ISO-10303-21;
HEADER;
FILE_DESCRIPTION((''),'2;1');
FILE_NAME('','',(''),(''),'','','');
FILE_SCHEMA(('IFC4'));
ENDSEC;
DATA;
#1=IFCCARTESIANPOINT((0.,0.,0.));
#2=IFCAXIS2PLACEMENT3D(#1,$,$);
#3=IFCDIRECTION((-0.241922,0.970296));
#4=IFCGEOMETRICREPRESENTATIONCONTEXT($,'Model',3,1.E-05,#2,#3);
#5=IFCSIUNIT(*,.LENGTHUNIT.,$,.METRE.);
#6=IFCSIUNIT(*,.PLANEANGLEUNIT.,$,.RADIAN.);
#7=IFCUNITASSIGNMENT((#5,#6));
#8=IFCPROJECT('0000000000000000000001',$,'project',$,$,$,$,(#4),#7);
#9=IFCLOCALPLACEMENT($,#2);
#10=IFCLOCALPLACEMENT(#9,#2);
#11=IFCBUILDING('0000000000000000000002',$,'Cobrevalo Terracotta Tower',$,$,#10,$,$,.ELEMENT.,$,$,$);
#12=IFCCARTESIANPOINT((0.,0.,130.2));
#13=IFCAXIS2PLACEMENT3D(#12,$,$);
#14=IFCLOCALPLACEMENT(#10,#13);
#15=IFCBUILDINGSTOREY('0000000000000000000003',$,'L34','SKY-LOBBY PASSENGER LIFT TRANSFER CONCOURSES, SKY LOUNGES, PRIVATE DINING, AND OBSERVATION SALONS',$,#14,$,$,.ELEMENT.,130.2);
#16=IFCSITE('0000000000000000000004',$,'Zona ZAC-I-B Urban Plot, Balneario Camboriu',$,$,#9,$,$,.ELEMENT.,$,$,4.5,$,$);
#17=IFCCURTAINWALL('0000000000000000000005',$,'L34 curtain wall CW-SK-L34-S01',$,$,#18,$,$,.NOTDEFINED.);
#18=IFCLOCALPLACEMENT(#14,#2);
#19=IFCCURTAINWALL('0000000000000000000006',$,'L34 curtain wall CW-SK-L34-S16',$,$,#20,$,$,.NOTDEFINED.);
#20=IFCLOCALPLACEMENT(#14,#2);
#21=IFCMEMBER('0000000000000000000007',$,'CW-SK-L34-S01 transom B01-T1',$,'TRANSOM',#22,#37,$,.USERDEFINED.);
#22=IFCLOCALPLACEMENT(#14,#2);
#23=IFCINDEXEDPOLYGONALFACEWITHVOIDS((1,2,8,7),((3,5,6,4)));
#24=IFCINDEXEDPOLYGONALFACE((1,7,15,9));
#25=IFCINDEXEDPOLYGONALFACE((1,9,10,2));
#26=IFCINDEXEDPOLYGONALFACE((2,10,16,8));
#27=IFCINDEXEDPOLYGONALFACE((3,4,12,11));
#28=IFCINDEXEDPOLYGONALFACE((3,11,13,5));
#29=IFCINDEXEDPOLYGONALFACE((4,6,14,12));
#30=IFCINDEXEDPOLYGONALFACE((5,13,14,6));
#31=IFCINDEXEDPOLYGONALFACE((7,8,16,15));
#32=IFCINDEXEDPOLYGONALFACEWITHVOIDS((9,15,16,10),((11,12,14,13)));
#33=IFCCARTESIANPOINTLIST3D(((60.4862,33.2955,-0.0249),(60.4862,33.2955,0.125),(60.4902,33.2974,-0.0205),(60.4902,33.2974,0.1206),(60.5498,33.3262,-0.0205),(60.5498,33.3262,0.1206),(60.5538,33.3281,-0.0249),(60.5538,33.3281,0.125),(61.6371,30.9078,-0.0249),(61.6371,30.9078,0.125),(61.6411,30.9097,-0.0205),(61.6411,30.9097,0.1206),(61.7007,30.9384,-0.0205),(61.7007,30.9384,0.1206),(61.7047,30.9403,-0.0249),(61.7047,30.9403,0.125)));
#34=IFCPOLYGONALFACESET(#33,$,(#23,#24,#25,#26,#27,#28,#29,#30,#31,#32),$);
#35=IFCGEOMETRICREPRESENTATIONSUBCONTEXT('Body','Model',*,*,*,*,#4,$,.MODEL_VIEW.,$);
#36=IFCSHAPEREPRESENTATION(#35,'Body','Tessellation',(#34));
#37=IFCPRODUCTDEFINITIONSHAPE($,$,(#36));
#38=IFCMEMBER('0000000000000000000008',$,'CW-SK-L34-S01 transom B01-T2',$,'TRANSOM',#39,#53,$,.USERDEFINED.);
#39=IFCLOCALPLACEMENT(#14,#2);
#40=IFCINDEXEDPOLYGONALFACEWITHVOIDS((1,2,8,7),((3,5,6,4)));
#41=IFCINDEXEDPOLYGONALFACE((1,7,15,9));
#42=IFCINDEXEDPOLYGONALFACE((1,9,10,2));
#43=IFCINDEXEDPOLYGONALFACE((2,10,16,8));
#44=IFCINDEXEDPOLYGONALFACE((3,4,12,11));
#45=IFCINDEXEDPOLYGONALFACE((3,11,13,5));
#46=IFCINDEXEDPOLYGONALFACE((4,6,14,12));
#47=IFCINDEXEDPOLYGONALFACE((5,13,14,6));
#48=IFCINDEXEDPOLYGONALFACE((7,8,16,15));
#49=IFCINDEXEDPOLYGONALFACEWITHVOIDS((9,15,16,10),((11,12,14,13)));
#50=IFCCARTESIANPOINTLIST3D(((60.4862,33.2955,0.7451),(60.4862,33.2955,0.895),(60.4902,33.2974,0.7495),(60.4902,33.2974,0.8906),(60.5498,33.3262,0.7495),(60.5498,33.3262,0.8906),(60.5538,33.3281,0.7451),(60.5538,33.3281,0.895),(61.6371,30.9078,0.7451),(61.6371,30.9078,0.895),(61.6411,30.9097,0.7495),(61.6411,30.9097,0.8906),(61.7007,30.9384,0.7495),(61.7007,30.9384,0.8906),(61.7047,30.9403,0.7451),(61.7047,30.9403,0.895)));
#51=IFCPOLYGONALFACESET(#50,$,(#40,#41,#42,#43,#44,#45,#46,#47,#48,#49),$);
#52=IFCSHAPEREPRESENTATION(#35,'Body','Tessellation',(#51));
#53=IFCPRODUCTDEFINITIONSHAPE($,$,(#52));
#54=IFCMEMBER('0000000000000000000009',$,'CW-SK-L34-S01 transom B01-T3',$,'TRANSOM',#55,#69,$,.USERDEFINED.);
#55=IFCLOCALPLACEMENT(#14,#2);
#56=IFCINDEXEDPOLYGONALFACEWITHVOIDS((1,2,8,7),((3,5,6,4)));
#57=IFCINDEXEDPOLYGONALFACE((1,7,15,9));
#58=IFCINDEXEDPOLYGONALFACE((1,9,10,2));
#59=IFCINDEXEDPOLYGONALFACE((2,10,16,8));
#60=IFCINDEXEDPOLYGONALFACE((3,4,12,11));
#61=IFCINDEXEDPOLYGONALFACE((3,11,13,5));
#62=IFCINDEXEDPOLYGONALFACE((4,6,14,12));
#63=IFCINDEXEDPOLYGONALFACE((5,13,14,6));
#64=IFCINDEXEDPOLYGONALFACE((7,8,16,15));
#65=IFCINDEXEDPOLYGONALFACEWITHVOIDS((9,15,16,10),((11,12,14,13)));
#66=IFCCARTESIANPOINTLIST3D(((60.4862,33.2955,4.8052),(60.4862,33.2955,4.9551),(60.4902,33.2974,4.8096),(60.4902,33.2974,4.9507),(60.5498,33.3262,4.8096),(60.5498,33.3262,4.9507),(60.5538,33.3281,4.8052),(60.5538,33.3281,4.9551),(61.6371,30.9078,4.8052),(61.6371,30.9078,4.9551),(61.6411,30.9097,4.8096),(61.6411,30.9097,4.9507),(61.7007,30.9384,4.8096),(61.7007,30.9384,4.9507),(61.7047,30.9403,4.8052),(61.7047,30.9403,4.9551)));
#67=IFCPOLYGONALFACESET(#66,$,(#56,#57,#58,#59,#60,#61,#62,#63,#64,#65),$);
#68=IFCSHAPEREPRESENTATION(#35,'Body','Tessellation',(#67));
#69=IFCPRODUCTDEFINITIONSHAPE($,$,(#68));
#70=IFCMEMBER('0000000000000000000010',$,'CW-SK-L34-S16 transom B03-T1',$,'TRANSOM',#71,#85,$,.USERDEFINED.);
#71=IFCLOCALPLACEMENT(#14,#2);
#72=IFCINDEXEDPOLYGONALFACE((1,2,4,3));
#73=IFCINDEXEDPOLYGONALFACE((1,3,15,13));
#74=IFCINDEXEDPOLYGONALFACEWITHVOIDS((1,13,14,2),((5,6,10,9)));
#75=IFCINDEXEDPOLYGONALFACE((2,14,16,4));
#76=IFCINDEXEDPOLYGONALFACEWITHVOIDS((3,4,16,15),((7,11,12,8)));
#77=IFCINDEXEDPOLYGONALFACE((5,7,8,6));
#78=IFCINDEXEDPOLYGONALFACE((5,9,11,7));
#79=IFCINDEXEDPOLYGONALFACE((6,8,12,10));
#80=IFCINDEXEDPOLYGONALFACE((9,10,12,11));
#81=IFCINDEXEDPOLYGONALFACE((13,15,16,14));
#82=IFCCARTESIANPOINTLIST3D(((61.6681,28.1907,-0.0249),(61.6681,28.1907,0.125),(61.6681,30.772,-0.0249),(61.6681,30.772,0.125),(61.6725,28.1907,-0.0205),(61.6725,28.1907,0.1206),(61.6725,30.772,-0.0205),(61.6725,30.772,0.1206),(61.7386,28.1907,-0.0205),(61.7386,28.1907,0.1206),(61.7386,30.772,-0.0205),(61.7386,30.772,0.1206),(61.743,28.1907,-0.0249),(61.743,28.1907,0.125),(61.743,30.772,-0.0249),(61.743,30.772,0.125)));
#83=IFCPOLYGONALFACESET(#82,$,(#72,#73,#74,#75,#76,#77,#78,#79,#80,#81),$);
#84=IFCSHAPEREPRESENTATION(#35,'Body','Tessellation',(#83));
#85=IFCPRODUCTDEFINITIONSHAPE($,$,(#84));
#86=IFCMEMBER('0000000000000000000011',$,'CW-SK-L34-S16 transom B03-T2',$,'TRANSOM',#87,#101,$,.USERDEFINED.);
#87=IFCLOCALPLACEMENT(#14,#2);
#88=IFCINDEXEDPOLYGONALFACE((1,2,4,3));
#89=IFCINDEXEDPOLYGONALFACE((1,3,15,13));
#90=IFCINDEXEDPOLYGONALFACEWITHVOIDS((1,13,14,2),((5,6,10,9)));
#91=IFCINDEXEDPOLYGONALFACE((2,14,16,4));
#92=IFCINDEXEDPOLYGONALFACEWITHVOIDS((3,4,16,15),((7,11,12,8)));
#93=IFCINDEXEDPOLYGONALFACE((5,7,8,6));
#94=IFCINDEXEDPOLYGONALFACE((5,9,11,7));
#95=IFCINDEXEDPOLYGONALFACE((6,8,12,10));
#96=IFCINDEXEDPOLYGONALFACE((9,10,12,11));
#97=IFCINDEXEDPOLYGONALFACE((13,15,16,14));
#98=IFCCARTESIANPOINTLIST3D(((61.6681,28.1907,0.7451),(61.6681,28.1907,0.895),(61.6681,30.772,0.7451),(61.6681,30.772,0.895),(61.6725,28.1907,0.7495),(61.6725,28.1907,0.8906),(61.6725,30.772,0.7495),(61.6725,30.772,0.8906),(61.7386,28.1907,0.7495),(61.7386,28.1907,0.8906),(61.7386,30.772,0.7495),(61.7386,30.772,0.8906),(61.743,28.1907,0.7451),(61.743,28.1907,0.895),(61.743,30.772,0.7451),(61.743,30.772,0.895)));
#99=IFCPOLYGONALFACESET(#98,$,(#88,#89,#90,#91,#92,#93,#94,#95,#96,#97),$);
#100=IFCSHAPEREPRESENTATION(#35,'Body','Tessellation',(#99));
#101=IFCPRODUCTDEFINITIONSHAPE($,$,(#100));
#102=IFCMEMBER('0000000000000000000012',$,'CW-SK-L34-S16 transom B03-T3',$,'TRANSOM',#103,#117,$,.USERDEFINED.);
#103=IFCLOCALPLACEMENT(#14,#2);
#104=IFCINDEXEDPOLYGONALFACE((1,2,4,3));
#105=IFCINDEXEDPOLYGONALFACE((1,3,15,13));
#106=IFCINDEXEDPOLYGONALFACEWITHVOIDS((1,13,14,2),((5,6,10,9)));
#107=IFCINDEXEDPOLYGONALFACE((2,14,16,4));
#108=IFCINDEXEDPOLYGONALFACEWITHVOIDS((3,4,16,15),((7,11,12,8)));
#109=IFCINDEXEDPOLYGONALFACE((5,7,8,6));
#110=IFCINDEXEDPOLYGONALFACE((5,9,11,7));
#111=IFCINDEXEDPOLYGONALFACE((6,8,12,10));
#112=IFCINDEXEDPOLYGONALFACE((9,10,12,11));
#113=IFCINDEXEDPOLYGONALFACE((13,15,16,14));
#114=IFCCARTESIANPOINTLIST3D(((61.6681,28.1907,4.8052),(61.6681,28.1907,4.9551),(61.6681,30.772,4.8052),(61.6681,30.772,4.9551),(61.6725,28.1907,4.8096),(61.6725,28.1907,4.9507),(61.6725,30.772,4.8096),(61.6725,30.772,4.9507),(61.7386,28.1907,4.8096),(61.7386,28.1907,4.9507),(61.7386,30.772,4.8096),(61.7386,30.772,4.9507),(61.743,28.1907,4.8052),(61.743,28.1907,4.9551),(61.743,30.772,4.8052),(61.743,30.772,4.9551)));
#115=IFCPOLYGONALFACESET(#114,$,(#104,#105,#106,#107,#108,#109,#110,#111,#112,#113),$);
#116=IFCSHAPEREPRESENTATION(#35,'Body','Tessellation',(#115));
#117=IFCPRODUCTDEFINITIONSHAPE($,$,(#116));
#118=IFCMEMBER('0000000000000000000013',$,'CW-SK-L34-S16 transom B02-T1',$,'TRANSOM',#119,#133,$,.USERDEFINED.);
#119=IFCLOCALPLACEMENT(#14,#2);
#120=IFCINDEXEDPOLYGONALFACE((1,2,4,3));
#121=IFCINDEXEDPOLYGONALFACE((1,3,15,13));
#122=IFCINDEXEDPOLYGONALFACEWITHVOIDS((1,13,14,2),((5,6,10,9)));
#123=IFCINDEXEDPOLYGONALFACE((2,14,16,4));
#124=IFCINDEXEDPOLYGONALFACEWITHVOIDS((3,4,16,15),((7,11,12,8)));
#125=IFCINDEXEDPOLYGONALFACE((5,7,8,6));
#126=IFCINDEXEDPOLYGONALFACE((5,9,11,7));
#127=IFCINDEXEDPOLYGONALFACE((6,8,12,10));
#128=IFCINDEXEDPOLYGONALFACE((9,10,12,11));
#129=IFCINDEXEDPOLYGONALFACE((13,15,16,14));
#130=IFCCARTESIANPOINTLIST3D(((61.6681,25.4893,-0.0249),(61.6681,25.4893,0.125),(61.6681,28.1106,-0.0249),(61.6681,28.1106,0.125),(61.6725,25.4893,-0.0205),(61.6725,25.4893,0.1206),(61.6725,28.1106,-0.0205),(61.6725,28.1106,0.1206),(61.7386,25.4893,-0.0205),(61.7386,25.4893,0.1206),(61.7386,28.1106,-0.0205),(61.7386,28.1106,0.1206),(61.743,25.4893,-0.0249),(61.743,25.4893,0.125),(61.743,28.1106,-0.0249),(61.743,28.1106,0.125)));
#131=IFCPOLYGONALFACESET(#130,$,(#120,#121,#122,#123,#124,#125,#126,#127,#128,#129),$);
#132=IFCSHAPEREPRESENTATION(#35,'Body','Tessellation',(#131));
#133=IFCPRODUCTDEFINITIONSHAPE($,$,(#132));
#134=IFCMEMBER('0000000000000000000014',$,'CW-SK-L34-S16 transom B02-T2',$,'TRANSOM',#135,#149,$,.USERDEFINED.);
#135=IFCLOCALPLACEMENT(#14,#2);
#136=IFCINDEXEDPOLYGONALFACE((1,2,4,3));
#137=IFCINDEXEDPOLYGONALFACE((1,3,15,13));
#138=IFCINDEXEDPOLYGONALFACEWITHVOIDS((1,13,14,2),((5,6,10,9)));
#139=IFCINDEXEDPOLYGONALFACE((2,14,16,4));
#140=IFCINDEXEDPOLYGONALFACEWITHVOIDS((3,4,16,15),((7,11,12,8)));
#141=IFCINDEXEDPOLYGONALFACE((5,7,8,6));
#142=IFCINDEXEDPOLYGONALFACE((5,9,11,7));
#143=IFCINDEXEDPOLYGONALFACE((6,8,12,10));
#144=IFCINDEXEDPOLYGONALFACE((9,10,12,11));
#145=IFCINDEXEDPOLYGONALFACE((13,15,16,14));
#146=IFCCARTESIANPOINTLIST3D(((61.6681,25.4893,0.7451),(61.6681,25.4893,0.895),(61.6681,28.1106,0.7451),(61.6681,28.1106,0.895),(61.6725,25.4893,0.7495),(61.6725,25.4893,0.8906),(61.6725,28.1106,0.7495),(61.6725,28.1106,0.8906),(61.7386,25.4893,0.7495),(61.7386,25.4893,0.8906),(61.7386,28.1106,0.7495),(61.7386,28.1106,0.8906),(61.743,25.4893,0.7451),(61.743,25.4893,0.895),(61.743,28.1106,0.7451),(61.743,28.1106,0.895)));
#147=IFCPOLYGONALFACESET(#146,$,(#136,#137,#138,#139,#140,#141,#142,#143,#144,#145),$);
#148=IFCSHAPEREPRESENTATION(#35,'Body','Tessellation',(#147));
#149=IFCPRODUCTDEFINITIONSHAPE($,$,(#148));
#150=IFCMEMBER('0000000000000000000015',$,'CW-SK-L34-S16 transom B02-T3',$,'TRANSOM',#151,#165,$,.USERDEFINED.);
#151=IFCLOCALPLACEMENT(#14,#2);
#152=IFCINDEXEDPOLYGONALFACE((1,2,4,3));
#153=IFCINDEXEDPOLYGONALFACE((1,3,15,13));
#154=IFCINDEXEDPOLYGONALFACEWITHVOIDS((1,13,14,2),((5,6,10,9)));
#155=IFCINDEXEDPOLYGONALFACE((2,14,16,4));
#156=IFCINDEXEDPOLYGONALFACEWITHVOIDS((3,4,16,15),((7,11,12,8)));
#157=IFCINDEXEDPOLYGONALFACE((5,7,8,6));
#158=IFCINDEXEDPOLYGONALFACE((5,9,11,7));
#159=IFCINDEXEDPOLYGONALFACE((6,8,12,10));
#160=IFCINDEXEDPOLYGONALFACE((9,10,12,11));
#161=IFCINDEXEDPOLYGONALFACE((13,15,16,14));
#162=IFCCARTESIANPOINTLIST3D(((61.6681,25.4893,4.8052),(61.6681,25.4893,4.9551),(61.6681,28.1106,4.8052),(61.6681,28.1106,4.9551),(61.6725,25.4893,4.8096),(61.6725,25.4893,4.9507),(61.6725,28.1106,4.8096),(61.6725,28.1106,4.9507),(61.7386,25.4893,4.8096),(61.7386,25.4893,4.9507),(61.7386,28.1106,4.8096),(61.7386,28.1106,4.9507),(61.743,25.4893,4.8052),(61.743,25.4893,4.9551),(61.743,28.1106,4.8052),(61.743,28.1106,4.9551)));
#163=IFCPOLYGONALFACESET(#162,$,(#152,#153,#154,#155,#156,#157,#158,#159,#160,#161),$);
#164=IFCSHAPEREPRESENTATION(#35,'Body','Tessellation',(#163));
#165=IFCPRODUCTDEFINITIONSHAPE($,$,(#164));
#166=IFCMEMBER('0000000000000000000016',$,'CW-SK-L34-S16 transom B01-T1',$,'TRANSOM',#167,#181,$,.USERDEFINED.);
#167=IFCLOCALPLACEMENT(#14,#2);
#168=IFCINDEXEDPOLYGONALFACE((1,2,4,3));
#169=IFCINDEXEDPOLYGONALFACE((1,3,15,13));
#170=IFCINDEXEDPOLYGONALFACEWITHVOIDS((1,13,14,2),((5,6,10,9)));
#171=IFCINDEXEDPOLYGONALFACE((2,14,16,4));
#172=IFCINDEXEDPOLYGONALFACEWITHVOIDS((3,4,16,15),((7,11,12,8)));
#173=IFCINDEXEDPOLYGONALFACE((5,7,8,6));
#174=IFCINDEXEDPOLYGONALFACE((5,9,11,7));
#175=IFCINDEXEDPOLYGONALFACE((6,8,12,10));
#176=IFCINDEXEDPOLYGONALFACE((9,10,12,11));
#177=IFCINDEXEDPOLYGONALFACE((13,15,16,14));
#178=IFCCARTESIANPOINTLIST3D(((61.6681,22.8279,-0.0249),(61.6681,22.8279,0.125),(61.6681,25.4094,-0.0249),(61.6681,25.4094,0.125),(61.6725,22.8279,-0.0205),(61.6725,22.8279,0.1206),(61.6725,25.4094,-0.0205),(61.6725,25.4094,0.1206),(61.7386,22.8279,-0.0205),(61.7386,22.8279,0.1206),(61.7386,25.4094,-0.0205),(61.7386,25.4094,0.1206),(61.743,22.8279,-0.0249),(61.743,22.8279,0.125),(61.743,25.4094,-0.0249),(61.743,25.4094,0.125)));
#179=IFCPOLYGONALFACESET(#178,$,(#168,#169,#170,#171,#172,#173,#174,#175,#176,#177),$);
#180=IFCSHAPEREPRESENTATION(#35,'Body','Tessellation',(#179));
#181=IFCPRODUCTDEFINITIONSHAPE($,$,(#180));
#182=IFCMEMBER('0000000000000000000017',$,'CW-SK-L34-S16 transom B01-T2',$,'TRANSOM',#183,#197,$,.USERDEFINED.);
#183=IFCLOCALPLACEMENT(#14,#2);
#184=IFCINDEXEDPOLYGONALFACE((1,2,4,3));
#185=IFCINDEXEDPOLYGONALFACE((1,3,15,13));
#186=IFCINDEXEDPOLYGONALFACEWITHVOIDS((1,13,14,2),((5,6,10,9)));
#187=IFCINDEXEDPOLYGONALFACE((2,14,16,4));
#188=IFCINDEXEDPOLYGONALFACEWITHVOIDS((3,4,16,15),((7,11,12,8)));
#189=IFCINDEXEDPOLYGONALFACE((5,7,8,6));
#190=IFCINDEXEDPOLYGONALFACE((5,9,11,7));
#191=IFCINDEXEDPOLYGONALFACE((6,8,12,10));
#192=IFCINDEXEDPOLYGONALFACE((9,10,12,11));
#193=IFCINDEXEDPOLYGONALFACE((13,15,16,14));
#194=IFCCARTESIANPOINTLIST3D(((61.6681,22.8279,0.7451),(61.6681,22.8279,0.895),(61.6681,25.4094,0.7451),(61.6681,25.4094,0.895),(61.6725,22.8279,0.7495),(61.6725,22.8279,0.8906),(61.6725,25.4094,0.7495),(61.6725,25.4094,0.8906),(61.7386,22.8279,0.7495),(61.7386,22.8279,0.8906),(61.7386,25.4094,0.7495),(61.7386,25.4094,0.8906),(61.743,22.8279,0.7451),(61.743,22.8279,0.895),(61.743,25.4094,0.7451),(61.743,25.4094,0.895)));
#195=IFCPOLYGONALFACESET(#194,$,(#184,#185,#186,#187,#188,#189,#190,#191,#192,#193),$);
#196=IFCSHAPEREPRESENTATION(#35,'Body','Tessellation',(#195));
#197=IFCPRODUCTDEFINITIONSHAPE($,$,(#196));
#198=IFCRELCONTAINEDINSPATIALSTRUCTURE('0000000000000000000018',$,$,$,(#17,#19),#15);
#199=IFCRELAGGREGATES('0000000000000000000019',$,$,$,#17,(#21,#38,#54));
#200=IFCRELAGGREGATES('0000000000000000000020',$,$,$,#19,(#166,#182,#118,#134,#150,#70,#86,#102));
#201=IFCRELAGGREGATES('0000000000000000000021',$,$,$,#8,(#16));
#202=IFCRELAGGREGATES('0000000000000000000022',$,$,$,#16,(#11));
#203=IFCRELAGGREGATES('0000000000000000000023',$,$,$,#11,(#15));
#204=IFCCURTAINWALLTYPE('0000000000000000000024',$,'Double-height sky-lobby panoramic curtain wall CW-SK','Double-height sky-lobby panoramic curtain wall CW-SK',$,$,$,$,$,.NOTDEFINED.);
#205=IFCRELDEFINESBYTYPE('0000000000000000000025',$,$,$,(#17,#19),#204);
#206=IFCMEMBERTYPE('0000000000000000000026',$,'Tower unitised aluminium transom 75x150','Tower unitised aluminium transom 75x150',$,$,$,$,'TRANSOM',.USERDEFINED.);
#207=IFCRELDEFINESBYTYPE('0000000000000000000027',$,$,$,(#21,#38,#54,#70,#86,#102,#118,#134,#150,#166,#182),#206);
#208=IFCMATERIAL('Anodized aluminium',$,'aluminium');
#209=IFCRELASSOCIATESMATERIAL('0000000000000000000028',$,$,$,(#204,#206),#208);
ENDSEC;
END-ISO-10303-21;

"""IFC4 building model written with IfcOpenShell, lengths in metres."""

from ifc_helpers import new_model, si_unit, direction, frame, origin, origin_2d, place, context, subcontext, project, spatial, hollow_rectangle, extrude, source, transform, mapped, material, material_profile, profile_set, type_object, element, aggregate, save


model = new_model("IFC4")

# Units and contexts
model_context = context("Model", 3, precision=1e-05, world=origin(), true_north=direction((-0.241922, 0.970296)))
body_context = subcontext(model_context, "Body", "Model", "MODEL_VIEW")
ifc_project = project(units=[si_unit("LENGTHUNIT", "METRE"), si_unit("PLANEANGLEUNIT", "RADIAN")], contexts=[model_context])

# Site, building, storey
site_placement = place(None, origin())
site = spatial("IfcSite", under=ifc_project, at=site_placement, Name="Zona ZAC-I-B Urban Plot, Balneario Camboriu", CompositionType="ELEMENT", RefElevation=4.5)
building_placement = place(site_placement, origin())
building = spatial("IfcBuilding", under=site, at=building_placement, Name="Cobrevalo Terracotta Tower", CompositionType="ELEMENT")
storey_placement = place(building_placement, frame((0.0, 0.0, 130.2)))
storey = spatial("IfcBuildingStorey", under=building, at=storey_placement, Name="L34", Description="SKY-LOBBY PASSENGER LIFT TRANSFER CONCOURSES, SKY LOUNGES, PRIVATE DINING, AND OBSERVATION SALONS", CompositionType="ELEMENT", Elevation=130.2)

# Curtain wall
ifc_material_1 = material(Name="Anodized aluminium", Category="aluminium")
curtain_wall_type = type_object("IfcCurtainWallType", Name="Double-height sky-lobby panoramic curtain wall CW-SK", Description="Double-height sky-lobby panoramic curtain wall CW-SK", PredefinedType="NOTDEFINED", material=ifc_material_1)
curtain_wall_1_placement = place(storey_placement, origin())
curtain_wall_1 = element("IfcCurtainWall", 1, at=curtain_wall_1_placement, inside=storey, type_object=curtain_wall_type, Name="L34 curtain wall CW-SK-L34-S01", PredefinedType="NOTDEFINED")

# Curtain wall
curtain_wall_2_placement = place(storey_placement, origin())
curtain_wall_2 = element("IfcCurtainWall", 2, at=curtain_wall_2_placement, inside=storey, type_object=curtain_wall_type, Name="L34 curtain wall CW-SK-L34-S16", PredefinedType="NOTDEFINED")

# Members
ifc_material_profile_1 = material_profile(ifc_material_1, hollow_rectangle(XDim=0.075, YDim=0.1499, WallThickness=0.0044, at=origin_2d()), Name="CWT 75x150")
ifc_profile_set_1 = profile_set([ifc_material_profile_1], Name="Anodized aluminium")
member_type_1 = type_object("IfcMemberType", Name="Tower unitised aluminium transom 75x150", Description="Tower unitised aluminium transom 75x150", ElementType="TRANSOM", PredefinedType="USERDEFINED", material=ifc_profile_set_1)
shared_shape_1 = source(origin(), body_context, "Body", "SweptSolid", [
    extrude(hollow_rectangle(XDim=0.075, YDim=0.1499, WallThickness=0.0044, at=origin_2d()), origin(), (0.0, 0.0, 1.0), 2.6506),
])
member_1_placement = place(storey_placement, frame((61.6709, 30.9241, 0.05), z_axis=(-0.434198, 0.900818, 0.0), x_axis=(-0.900818, -0.434198, 0.0)))
member_1 = element("IfcMember", 3, at=member_1_placement, type_object=member_type_1, Name="CW-SK-L34-S01 transom B01-T1", ObjectType="TRANSOM", PredefinedType="USERDEFINED", context=body_context, shape_type="MappedRepresentation", body=[
    mapped(shared_shape_1, transform((0.0, 0.0, 0.0), scale=1.0)),
])
member_2_placement = place(storey_placement, frame((61.6709, 30.9241, 0.8201), z_axis=(-0.434198, 0.900818, 0.0), x_axis=(-0.900818, -0.434198, 0.0)))
member_2 = element("IfcMember", 4, at=member_2_placement, type_object=member_type_1, Name="CW-SK-L34-S01 transom B01-T2", ObjectType="TRANSOM", PredefinedType="USERDEFINED", context=body_context, shape_type="MappedRepresentation", body=[
    mapped(shared_shape_1, transform((0.0, 0.0, 0.0), scale=1.0)),
])
member_3_placement = place(storey_placement, frame((61.6709, 30.9241, 4.8801), z_axis=(-0.434198, 0.900818, 0.0), x_axis=(-0.900818, -0.434198, 0.0)))
member_3 = element("IfcMember", 5, at=member_3_placement, type_object=member_type_1, Name="CW-SK-L34-S01 transom B01-T3", ObjectType="TRANSOM", PredefinedType="USERDEFINED", context=body_context, shape_type="MappedRepresentation", body=[
    mapped(shared_shape_1, transform((0.0, 0.0, 0.0), scale=1.0)),
])
aggregate(curtain_wall_1, [member_1, member_2, member_3])
shared_shape_2 = source(origin(), body_context, "Body", "SweptSolid", [
    extrude(hollow_rectangle(XDim=0.075, YDim=0.1499, WallThickness=0.0044, at=origin_2d()), origin(), (0.0, 0.0, 1.0), 2.5813),
])
member_4_placement = place(storey_placement, frame((61.7056, 28.1907, 0.05), z_axis=(0.0, 1.0, 0.0), x_axis=(-1.0, 0.0, 0.0)))
member_4 = element("IfcMember", 6, at=member_4_placement, type_object=member_type_1, Name="CW-SK-L34-S16 transom B03-T1", ObjectType="TRANSOM", PredefinedType="USERDEFINED", context=body_context, shape_type="MappedRepresentation", body=[
    mapped(shared_shape_2, transform((0.0, 0.0, 0.0), scale=1.0)),
])
member_5_placement = place(storey_placement, frame((61.7056, 28.1907, 0.8201), z_axis=(0.0, 1.0, 0.0), x_axis=(-1.0, 0.0, 0.0)))
member_5 = element("IfcMember", 7, at=member_5_placement, type_object=member_type_1, Name="CW-SK-L34-S16 transom B03-T2", ObjectType="TRANSOM", PredefinedType="USERDEFINED", context=body_context, shape_type="MappedRepresentation", body=[
    mapped(shared_shape_2, transform((0.0, 0.0, 0.0), scale=1.0)),
])
member_6_placement = place(storey_placement, frame((61.7056, 28.1907, 4.8801), z_axis=(0.0, 1.0, 0.0), x_axis=(-1.0, 0.0, 0.0)))
member_6 = element("IfcMember", 8, at=member_6_placement, type_object=member_type_1, Name="CW-SK-L34-S16 transom B03-T3", ObjectType="TRANSOM", PredefinedType="USERDEFINED", context=body_context, shape_type="MappedRepresentation", body=[
    mapped(shared_shape_2, transform((0.0, 0.0, 0.0), scale=1.0)),
])
shared_shape_3 = source(origin(), body_context, "Body", "SweptSolid", [
    extrude(hollow_rectangle(XDim=0.075, YDim=0.1499, WallThickness=0.0044, at=origin_2d()), origin(), (0.0, 0.0, 1.0), 2.6213),
])
member_7_placement = place(storey_placement, frame((61.7056, 25.4893, 0.05), z_axis=(0.0, 1.0, 0.0), x_axis=(-1.0, 0.0, 0.0)))
member_7 = element("IfcMember", 9, at=member_7_placement, type_object=member_type_1, Name="CW-SK-L34-S16 transom B02-T1", ObjectType="TRANSOM", PredefinedType="USERDEFINED", context=body_context, shape_type="MappedRepresentation", body=[
    mapped(shared_shape_3, transform((0.0, 0.0, 0.0), scale=1.0)),
])
member_8_placement = place(storey_placement, frame((61.7056, 25.4893, 0.8201), z_axis=(0.0, 1.0, 0.0), x_axis=(-1.0, 0.0, 0.0)))
member_8 = element("IfcMember", 10, at=member_8_placement, type_object=member_type_1, Name="CW-SK-L34-S16 transom B02-T2", ObjectType="TRANSOM", PredefinedType="USERDEFINED", context=body_context, shape_type="MappedRepresentation", body=[
    mapped(shared_shape_3, transform((0.0, 0.0, 0.0), scale=1.0)),
])
member_9_placement = place(storey_placement, frame((61.7056, 25.4893, 4.8801), z_axis=(0.0, 1.0, 0.0), x_axis=(-1.0, 0.0, 0.0)))
member_9 = element("IfcMember", 11, at=member_9_placement, type_object=member_type_1, Name="CW-SK-L34-S16 transom B02-T3", ObjectType="TRANSOM", PredefinedType="USERDEFINED", context=body_context, shape_type="MappedRepresentation", body=[
    mapped(shared_shape_3, transform((0.0, 0.0, 0.0), scale=1.0)),
])
shared_shape_4 = source(origin(), body_context, "Body", "SweptSolid", [
    extrude(hollow_rectangle(XDim=0.075, YDim=0.1499, WallThickness=0.0044, at=origin_2d()), origin(), (0.0, 0.0, 1.0), 2.5815),
])
member_10_placement = place(storey_placement, frame((61.7056, 22.8279, 0.05), z_axis=(0.0, 1.0, 0.0), x_axis=(-1.0, 0.0, 0.0)))
member_10 = element("IfcMember", 12, at=member_10_placement, type_object=member_type_1, Name="CW-SK-L34-S16 transom B01-T1", ObjectType="TRANSOM", PredefinedType="USERDEFINED", context=body_context, shape_type="MappedRepresentation", body=[
    mapped(shared_shape_4, transform((0.0, 0.0, 0.0), scale=1.0)),
])
member_11_placement = place(storey_placement, frame((61.7056, 22.8279, 0.8201), z_axis=(0.0, 1.0, 0.0), x_axis=(-1.0, 0.0, 0.0)))
member_11 = element("IfcMember", 13, at=member_11_placement, type_object=member_type_1, Name="CW-SK-L34-S16 transom B01-T2", ObjectType="TRANSOM", PredefinedType="USERDEFINED", context=body_context, shape_type="MappedRepresentation", body=[
    mapped(shared_shape_4, transform((0.0, 0.0, 0.0), scale=1.0)),
])

aggregate(curtain_wall_2, [member_10, member_11, member_7, member_8, member_9, member_4, member_5, member_6])

save(model, "model.ifc")
